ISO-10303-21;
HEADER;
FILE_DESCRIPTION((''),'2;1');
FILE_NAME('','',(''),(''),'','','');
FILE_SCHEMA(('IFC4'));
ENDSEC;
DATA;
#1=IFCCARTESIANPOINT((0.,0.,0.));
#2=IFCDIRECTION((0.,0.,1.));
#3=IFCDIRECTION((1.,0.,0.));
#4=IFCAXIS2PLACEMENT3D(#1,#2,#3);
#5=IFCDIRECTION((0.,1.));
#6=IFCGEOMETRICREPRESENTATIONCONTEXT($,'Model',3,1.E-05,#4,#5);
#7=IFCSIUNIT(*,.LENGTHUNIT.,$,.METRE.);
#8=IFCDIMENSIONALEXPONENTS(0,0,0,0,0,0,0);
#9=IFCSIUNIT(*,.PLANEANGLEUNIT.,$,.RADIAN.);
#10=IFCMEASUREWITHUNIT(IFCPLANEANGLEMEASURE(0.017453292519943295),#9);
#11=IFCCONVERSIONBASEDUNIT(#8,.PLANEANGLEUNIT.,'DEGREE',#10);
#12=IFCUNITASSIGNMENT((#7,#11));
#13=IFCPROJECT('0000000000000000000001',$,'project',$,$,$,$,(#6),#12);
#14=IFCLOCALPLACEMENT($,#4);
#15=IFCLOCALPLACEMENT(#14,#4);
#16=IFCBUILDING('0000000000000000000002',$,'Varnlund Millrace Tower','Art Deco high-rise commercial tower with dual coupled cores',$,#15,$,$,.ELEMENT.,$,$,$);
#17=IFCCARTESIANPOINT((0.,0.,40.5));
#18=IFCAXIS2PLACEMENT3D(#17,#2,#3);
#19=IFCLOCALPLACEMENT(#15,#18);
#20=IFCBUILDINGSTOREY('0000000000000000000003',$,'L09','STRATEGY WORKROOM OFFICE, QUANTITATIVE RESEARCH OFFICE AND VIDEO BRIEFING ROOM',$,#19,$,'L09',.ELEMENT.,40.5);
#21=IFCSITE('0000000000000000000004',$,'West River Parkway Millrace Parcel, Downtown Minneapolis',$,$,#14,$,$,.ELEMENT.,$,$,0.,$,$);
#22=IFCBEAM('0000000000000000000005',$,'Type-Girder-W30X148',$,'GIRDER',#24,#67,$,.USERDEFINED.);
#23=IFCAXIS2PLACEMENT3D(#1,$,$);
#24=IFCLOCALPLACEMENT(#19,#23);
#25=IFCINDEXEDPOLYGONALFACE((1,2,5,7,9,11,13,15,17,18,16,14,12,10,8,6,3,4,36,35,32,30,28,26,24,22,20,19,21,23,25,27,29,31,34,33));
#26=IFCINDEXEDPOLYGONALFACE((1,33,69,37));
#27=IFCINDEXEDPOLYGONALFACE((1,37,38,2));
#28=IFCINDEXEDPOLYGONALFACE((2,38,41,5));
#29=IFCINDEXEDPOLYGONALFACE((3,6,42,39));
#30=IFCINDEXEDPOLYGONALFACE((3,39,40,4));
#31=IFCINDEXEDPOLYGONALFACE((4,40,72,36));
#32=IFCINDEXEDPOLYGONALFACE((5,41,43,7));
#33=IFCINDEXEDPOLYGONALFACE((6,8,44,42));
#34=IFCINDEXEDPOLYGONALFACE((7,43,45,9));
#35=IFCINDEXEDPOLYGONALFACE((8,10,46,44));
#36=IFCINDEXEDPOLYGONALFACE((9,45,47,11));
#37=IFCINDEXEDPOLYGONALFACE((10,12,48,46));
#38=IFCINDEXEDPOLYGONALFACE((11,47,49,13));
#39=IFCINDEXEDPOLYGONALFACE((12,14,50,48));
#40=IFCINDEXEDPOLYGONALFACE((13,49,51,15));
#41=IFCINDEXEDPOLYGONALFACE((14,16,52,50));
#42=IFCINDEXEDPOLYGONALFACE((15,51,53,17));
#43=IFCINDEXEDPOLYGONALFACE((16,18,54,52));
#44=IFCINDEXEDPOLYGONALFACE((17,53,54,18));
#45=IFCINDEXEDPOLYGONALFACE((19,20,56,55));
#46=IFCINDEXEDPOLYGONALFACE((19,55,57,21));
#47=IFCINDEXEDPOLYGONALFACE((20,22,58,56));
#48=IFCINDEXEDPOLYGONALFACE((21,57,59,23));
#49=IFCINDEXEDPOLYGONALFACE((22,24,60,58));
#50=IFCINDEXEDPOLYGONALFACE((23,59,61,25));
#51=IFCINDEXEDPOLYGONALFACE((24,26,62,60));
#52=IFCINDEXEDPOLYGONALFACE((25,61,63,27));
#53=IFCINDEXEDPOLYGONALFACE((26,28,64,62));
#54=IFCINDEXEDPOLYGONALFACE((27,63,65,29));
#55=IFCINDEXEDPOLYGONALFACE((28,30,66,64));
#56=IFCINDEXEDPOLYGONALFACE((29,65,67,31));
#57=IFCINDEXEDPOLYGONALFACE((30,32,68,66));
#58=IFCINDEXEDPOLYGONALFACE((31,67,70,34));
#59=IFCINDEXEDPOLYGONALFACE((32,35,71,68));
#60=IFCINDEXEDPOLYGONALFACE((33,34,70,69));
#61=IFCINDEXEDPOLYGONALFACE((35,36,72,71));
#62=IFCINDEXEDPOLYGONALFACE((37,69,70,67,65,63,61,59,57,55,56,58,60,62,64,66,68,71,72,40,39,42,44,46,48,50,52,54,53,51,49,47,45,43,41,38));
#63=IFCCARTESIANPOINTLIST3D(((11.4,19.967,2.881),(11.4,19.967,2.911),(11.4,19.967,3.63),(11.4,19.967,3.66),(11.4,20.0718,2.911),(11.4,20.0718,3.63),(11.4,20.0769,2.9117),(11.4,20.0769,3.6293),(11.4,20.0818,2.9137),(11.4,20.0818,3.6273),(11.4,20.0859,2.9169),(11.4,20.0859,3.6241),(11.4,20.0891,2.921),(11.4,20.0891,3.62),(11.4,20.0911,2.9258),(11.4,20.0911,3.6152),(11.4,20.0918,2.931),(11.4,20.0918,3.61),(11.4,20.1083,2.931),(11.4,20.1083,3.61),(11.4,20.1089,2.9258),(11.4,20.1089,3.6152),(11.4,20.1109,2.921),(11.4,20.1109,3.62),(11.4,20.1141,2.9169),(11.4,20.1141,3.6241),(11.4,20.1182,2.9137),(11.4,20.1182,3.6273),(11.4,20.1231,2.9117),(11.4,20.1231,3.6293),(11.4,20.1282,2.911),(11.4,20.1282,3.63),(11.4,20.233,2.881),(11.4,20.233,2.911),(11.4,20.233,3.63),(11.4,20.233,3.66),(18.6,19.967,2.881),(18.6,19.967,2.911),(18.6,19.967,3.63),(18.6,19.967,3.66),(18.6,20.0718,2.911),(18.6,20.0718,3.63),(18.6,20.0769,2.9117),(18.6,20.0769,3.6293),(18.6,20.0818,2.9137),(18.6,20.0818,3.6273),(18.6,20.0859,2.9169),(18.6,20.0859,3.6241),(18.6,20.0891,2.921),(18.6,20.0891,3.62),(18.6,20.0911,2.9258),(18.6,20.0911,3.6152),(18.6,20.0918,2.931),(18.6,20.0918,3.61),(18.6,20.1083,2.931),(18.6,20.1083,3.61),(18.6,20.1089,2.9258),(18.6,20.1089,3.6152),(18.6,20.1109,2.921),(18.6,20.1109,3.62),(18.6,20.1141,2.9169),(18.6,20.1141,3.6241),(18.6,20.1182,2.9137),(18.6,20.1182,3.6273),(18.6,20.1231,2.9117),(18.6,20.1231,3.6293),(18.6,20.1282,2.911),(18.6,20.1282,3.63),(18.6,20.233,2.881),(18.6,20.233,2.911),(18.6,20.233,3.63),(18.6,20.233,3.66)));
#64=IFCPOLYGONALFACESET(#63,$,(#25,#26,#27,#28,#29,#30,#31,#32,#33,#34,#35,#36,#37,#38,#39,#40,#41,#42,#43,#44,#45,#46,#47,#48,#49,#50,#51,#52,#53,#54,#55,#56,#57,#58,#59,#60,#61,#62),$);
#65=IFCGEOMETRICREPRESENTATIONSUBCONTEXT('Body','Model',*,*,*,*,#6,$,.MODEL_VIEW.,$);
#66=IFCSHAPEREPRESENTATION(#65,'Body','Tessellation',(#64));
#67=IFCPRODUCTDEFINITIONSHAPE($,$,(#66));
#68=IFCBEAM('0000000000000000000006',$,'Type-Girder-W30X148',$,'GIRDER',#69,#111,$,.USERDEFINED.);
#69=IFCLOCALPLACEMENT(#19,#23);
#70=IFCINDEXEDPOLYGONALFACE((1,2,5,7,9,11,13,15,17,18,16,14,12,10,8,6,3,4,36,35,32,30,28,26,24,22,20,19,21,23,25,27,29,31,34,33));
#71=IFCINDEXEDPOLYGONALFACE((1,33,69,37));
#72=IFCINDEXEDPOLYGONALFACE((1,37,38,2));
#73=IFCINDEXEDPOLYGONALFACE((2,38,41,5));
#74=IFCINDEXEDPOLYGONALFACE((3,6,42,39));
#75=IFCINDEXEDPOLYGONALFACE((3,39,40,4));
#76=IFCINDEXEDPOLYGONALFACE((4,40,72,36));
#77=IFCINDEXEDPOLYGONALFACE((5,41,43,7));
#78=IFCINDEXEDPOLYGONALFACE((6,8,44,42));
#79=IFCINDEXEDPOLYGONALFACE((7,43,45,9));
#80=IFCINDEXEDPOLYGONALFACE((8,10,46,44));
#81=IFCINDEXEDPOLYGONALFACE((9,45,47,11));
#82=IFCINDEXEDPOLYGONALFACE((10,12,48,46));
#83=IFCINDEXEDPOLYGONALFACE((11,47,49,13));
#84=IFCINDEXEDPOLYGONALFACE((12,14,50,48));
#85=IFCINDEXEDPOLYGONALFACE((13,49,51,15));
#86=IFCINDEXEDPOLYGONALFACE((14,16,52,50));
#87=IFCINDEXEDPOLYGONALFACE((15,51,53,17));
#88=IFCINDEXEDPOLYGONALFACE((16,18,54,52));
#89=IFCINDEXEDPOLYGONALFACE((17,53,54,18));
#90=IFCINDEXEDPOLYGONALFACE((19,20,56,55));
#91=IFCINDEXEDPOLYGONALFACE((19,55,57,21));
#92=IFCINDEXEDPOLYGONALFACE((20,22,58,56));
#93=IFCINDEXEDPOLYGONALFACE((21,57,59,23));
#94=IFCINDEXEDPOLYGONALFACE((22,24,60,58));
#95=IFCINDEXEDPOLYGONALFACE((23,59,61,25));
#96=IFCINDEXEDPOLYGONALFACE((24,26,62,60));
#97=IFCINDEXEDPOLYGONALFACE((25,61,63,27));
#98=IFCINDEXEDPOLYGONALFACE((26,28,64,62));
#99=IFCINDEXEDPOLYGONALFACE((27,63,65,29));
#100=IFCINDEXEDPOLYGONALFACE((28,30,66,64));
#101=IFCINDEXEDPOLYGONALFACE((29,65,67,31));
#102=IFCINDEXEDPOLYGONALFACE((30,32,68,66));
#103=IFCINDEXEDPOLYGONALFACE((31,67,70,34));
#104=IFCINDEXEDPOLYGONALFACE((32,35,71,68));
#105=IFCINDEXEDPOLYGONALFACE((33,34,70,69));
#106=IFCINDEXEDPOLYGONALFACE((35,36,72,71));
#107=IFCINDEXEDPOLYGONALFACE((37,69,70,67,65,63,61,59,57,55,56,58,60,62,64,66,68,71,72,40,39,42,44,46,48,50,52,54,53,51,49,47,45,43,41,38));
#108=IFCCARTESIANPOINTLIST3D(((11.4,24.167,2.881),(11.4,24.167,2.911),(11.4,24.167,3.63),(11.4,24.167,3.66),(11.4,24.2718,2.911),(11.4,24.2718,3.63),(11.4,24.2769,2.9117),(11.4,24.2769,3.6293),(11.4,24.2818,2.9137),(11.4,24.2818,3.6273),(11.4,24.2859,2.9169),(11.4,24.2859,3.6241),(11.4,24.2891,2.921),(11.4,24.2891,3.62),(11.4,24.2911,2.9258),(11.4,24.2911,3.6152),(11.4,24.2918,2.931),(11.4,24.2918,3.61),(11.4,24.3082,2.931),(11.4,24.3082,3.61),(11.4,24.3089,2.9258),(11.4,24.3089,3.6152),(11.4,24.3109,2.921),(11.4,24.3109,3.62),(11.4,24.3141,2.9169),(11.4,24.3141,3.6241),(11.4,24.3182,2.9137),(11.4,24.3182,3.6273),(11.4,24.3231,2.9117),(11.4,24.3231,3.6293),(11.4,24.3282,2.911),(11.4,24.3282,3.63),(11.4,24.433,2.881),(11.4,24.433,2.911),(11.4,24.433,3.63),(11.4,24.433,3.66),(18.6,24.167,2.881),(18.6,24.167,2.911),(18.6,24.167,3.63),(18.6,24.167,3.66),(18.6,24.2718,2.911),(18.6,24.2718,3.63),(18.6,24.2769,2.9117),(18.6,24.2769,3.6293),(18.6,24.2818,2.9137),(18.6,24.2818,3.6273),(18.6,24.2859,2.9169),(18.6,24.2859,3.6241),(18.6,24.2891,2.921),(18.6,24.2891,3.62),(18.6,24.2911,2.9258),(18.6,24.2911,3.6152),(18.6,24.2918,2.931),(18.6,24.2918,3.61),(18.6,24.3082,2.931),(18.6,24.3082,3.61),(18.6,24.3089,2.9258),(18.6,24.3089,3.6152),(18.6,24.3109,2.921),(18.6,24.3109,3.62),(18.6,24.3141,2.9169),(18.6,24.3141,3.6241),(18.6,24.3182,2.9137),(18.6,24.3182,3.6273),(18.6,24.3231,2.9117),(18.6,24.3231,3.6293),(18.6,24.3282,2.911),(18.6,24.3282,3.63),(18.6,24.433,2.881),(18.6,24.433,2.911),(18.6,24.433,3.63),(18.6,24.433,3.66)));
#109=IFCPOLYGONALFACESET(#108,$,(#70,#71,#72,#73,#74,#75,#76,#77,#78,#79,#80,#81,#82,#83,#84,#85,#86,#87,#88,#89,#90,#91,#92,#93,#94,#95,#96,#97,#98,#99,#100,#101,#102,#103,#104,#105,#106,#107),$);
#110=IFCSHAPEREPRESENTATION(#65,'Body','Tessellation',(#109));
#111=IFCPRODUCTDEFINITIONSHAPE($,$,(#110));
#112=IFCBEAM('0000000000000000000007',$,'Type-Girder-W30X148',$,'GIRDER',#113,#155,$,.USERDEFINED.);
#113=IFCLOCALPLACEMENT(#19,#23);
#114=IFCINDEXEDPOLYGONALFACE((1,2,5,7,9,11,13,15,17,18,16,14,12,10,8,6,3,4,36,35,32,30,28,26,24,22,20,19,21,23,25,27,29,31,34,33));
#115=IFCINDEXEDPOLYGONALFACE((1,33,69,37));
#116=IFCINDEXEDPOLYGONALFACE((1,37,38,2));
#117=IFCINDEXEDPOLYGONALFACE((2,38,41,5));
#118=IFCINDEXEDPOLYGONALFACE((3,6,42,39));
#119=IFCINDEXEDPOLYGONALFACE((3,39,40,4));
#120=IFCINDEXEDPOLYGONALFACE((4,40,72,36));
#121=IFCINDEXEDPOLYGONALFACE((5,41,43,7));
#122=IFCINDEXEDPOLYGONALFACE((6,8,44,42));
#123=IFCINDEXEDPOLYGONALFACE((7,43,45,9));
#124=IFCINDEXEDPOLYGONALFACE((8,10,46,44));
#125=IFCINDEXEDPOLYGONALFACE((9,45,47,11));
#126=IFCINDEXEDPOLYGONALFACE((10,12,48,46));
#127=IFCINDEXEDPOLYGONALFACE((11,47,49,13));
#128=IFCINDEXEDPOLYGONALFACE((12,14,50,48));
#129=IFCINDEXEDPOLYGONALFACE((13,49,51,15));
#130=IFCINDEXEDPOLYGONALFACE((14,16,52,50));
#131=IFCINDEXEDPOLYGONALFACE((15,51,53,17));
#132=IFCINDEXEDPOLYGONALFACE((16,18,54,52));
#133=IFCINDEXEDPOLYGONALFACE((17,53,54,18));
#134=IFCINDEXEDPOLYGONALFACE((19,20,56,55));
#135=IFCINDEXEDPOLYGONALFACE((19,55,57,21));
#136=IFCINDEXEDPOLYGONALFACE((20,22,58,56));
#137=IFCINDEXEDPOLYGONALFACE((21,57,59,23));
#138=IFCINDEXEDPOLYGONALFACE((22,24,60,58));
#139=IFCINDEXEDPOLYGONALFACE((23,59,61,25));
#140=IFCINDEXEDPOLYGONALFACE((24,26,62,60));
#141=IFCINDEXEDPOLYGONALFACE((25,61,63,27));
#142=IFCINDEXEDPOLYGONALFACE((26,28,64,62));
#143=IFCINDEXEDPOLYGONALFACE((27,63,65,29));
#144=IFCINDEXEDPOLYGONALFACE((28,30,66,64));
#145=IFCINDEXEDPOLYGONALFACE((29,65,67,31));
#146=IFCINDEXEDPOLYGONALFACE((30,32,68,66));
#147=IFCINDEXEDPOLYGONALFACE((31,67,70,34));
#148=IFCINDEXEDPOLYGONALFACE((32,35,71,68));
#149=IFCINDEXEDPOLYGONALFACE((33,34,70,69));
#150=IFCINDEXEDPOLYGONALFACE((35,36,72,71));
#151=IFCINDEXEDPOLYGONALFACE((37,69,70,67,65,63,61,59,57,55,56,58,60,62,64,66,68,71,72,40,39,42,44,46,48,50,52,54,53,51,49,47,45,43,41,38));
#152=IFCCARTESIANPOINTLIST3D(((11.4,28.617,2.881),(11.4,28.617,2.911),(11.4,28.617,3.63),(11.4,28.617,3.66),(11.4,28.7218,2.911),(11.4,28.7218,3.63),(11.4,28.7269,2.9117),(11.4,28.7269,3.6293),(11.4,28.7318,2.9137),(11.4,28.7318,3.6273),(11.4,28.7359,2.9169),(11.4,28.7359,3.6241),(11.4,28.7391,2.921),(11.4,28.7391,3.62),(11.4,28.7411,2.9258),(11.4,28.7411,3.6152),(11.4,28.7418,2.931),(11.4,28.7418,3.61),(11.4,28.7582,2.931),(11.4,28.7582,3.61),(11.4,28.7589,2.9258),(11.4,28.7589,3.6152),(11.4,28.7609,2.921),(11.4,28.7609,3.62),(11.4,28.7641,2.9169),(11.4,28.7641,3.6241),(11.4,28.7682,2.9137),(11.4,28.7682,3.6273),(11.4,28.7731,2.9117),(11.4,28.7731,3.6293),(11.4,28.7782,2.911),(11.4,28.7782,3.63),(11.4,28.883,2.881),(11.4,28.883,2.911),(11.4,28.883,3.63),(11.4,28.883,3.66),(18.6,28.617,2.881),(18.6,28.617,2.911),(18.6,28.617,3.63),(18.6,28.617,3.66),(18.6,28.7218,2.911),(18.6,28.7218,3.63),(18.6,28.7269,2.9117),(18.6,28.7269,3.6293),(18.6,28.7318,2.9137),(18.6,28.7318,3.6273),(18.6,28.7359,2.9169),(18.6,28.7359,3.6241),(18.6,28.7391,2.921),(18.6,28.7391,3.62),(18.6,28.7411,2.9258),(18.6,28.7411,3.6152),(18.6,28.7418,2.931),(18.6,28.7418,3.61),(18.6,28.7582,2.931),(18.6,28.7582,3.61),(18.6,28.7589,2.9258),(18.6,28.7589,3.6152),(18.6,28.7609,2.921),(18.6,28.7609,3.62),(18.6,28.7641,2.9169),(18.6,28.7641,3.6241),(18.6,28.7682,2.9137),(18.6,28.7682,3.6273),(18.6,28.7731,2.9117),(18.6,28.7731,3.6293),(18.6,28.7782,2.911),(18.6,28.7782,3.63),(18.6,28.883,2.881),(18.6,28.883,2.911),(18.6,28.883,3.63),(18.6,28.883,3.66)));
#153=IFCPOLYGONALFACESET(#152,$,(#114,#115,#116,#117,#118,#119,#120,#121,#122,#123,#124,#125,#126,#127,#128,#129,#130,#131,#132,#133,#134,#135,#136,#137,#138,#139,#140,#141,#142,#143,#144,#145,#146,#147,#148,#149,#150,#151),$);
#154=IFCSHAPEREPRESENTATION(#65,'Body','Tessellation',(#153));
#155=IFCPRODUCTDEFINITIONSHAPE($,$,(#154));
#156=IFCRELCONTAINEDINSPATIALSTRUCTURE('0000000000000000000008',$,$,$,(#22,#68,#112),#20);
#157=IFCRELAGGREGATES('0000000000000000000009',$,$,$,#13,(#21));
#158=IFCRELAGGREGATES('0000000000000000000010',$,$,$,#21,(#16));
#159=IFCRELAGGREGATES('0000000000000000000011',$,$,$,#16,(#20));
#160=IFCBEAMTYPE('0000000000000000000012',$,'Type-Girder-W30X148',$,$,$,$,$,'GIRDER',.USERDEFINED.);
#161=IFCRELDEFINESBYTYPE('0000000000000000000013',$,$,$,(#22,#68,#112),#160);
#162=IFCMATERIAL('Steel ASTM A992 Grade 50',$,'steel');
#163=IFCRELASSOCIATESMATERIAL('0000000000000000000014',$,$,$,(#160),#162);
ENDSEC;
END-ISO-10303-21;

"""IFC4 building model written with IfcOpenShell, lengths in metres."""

from ifc_helpers import new_model, entity, si_unit, converted_unit, direction, frame, origin_with_axes, origin_2d_with_axis, place, context, subcontext, project, spatial, i_section, extrude, material, material_profile, profile_set, type_object, element, save


model = new_model("IFC4")

# Units and contexts
model_context = context("Model", 3, precision=1e-05, world=origin_with_axes(), true_north=direction((0.0, 1.0)))
body_context = subcontext(model_context, "Body", "Model", "MODEL_VIEW")
ifc_project = project(units=[si_unit("LENGTHUNIT", "METRE"), converted_unit("PLANEANGLEUNIT", "DEGREE", entity("IfcPlaneAngleMeasure", 0.017453292519943295), si_unit("PLANEANGLEUNIT", "RADIAN"), dimensions=[0, 0, 0, 0, 0, 0, 0])], contexts=[model_context])

# Site, building, storey
site_placement = place(None, origin_with_axes())
site = spatial("IfcSite", under=ifc_project, at=site_placement, Name="West River Parkway Millrace Parcel, Downtown Minneapolis", CompositionType="ELEMENT", RefElevation=0.0)
building_placement = place(site_placement, origin_with_axes())
building = spatial("IfcBuilding", under=site, at=building_placement, Name="Varnlund Millrace Tower", Description="Art Deco high-rise commercial tower with dual coupled cores", CompositionType="ELEMENT")
storey_placement = place(building_placement, frame((0.0, 0.0, 40.5), z_axis=(0.0, 0.0, 1.0), x_axis=(1.0, 0.0, 0.0)))
storey = spatial("IfcBuildingStorey", under=building, at=storey_placement, Name="L09", Description="STRATEGY WORKROOM OFFICE, QUANTITATIVE RESEARCH OFFICE AND VIDEO BRIEFING ROOM", LongName="L09", CompositionType="ELEMENT", Elevation=40.5)

# Beams
ifc_material_1 = material(Name="Steel ASTM A992 Grade 50", Category="steel")
ifc_material_profile_1 = material_profile(ifc_material_1, i_section(OverallWidth=0.266, OverallDepth=0.779, WebThickness=0.0165, FlangeThickness=0.03, FilletRadius=0.02, at=origin_2d_with_axis()), Name="Steel ASTM A992 Grade 50")
ifc_profile_set_1 = profile_set([ifc_material_profile_1], Name="Steel ASTM A992 Grade 50")
beam_type_1 = type_object("IfcBeamType", Name="Type-Girder-W30X148", ElementType="GIRDER", PredefinedType="USERDEFINED", material=ifc_profile_set_1)
for number, where, z_axis, x_axis, name in (
    (1, (11.4, 20.1, 3.2705), (1.0, 0.0, 0.0), (0.0, 1.0, 0.0), "Type-Girder-W30X148"),
    (2, (11.4, 24.3, 3.2705), (1.0, 0.0, 0.0), (0.0, 1.0, 0.0), "Type-Girder-W30X148"),
    (3, (11.4, 28.75, 3.2705), (1.0, 0.0, 0.0), (0.0, 1.0, 0.0), "Type-Girder-W30X148"),
):
    element("IfcBeam", number, at=place(storey_placement, frame(where, z_axis=z_axis, x_axis=x_axis)), inside=storey, type_object=beam_type_1, Name=name, ObjectType="GIRDER", PredefinedType="USERDEFINED", context=body_context, shape_type="SweptSolid", body=[
        extrude(i_section(OverallWidth=0.266, OverallDepth=0.779, WebThickness=0.0165, FlangeThickness=0.03, FilletRadius=0.02, at=origin_2d_with_axis()), origin_with_axes(), (0.0, 0.0, 1.0), 7.2),
    ])

save(model, "model.ifc")
